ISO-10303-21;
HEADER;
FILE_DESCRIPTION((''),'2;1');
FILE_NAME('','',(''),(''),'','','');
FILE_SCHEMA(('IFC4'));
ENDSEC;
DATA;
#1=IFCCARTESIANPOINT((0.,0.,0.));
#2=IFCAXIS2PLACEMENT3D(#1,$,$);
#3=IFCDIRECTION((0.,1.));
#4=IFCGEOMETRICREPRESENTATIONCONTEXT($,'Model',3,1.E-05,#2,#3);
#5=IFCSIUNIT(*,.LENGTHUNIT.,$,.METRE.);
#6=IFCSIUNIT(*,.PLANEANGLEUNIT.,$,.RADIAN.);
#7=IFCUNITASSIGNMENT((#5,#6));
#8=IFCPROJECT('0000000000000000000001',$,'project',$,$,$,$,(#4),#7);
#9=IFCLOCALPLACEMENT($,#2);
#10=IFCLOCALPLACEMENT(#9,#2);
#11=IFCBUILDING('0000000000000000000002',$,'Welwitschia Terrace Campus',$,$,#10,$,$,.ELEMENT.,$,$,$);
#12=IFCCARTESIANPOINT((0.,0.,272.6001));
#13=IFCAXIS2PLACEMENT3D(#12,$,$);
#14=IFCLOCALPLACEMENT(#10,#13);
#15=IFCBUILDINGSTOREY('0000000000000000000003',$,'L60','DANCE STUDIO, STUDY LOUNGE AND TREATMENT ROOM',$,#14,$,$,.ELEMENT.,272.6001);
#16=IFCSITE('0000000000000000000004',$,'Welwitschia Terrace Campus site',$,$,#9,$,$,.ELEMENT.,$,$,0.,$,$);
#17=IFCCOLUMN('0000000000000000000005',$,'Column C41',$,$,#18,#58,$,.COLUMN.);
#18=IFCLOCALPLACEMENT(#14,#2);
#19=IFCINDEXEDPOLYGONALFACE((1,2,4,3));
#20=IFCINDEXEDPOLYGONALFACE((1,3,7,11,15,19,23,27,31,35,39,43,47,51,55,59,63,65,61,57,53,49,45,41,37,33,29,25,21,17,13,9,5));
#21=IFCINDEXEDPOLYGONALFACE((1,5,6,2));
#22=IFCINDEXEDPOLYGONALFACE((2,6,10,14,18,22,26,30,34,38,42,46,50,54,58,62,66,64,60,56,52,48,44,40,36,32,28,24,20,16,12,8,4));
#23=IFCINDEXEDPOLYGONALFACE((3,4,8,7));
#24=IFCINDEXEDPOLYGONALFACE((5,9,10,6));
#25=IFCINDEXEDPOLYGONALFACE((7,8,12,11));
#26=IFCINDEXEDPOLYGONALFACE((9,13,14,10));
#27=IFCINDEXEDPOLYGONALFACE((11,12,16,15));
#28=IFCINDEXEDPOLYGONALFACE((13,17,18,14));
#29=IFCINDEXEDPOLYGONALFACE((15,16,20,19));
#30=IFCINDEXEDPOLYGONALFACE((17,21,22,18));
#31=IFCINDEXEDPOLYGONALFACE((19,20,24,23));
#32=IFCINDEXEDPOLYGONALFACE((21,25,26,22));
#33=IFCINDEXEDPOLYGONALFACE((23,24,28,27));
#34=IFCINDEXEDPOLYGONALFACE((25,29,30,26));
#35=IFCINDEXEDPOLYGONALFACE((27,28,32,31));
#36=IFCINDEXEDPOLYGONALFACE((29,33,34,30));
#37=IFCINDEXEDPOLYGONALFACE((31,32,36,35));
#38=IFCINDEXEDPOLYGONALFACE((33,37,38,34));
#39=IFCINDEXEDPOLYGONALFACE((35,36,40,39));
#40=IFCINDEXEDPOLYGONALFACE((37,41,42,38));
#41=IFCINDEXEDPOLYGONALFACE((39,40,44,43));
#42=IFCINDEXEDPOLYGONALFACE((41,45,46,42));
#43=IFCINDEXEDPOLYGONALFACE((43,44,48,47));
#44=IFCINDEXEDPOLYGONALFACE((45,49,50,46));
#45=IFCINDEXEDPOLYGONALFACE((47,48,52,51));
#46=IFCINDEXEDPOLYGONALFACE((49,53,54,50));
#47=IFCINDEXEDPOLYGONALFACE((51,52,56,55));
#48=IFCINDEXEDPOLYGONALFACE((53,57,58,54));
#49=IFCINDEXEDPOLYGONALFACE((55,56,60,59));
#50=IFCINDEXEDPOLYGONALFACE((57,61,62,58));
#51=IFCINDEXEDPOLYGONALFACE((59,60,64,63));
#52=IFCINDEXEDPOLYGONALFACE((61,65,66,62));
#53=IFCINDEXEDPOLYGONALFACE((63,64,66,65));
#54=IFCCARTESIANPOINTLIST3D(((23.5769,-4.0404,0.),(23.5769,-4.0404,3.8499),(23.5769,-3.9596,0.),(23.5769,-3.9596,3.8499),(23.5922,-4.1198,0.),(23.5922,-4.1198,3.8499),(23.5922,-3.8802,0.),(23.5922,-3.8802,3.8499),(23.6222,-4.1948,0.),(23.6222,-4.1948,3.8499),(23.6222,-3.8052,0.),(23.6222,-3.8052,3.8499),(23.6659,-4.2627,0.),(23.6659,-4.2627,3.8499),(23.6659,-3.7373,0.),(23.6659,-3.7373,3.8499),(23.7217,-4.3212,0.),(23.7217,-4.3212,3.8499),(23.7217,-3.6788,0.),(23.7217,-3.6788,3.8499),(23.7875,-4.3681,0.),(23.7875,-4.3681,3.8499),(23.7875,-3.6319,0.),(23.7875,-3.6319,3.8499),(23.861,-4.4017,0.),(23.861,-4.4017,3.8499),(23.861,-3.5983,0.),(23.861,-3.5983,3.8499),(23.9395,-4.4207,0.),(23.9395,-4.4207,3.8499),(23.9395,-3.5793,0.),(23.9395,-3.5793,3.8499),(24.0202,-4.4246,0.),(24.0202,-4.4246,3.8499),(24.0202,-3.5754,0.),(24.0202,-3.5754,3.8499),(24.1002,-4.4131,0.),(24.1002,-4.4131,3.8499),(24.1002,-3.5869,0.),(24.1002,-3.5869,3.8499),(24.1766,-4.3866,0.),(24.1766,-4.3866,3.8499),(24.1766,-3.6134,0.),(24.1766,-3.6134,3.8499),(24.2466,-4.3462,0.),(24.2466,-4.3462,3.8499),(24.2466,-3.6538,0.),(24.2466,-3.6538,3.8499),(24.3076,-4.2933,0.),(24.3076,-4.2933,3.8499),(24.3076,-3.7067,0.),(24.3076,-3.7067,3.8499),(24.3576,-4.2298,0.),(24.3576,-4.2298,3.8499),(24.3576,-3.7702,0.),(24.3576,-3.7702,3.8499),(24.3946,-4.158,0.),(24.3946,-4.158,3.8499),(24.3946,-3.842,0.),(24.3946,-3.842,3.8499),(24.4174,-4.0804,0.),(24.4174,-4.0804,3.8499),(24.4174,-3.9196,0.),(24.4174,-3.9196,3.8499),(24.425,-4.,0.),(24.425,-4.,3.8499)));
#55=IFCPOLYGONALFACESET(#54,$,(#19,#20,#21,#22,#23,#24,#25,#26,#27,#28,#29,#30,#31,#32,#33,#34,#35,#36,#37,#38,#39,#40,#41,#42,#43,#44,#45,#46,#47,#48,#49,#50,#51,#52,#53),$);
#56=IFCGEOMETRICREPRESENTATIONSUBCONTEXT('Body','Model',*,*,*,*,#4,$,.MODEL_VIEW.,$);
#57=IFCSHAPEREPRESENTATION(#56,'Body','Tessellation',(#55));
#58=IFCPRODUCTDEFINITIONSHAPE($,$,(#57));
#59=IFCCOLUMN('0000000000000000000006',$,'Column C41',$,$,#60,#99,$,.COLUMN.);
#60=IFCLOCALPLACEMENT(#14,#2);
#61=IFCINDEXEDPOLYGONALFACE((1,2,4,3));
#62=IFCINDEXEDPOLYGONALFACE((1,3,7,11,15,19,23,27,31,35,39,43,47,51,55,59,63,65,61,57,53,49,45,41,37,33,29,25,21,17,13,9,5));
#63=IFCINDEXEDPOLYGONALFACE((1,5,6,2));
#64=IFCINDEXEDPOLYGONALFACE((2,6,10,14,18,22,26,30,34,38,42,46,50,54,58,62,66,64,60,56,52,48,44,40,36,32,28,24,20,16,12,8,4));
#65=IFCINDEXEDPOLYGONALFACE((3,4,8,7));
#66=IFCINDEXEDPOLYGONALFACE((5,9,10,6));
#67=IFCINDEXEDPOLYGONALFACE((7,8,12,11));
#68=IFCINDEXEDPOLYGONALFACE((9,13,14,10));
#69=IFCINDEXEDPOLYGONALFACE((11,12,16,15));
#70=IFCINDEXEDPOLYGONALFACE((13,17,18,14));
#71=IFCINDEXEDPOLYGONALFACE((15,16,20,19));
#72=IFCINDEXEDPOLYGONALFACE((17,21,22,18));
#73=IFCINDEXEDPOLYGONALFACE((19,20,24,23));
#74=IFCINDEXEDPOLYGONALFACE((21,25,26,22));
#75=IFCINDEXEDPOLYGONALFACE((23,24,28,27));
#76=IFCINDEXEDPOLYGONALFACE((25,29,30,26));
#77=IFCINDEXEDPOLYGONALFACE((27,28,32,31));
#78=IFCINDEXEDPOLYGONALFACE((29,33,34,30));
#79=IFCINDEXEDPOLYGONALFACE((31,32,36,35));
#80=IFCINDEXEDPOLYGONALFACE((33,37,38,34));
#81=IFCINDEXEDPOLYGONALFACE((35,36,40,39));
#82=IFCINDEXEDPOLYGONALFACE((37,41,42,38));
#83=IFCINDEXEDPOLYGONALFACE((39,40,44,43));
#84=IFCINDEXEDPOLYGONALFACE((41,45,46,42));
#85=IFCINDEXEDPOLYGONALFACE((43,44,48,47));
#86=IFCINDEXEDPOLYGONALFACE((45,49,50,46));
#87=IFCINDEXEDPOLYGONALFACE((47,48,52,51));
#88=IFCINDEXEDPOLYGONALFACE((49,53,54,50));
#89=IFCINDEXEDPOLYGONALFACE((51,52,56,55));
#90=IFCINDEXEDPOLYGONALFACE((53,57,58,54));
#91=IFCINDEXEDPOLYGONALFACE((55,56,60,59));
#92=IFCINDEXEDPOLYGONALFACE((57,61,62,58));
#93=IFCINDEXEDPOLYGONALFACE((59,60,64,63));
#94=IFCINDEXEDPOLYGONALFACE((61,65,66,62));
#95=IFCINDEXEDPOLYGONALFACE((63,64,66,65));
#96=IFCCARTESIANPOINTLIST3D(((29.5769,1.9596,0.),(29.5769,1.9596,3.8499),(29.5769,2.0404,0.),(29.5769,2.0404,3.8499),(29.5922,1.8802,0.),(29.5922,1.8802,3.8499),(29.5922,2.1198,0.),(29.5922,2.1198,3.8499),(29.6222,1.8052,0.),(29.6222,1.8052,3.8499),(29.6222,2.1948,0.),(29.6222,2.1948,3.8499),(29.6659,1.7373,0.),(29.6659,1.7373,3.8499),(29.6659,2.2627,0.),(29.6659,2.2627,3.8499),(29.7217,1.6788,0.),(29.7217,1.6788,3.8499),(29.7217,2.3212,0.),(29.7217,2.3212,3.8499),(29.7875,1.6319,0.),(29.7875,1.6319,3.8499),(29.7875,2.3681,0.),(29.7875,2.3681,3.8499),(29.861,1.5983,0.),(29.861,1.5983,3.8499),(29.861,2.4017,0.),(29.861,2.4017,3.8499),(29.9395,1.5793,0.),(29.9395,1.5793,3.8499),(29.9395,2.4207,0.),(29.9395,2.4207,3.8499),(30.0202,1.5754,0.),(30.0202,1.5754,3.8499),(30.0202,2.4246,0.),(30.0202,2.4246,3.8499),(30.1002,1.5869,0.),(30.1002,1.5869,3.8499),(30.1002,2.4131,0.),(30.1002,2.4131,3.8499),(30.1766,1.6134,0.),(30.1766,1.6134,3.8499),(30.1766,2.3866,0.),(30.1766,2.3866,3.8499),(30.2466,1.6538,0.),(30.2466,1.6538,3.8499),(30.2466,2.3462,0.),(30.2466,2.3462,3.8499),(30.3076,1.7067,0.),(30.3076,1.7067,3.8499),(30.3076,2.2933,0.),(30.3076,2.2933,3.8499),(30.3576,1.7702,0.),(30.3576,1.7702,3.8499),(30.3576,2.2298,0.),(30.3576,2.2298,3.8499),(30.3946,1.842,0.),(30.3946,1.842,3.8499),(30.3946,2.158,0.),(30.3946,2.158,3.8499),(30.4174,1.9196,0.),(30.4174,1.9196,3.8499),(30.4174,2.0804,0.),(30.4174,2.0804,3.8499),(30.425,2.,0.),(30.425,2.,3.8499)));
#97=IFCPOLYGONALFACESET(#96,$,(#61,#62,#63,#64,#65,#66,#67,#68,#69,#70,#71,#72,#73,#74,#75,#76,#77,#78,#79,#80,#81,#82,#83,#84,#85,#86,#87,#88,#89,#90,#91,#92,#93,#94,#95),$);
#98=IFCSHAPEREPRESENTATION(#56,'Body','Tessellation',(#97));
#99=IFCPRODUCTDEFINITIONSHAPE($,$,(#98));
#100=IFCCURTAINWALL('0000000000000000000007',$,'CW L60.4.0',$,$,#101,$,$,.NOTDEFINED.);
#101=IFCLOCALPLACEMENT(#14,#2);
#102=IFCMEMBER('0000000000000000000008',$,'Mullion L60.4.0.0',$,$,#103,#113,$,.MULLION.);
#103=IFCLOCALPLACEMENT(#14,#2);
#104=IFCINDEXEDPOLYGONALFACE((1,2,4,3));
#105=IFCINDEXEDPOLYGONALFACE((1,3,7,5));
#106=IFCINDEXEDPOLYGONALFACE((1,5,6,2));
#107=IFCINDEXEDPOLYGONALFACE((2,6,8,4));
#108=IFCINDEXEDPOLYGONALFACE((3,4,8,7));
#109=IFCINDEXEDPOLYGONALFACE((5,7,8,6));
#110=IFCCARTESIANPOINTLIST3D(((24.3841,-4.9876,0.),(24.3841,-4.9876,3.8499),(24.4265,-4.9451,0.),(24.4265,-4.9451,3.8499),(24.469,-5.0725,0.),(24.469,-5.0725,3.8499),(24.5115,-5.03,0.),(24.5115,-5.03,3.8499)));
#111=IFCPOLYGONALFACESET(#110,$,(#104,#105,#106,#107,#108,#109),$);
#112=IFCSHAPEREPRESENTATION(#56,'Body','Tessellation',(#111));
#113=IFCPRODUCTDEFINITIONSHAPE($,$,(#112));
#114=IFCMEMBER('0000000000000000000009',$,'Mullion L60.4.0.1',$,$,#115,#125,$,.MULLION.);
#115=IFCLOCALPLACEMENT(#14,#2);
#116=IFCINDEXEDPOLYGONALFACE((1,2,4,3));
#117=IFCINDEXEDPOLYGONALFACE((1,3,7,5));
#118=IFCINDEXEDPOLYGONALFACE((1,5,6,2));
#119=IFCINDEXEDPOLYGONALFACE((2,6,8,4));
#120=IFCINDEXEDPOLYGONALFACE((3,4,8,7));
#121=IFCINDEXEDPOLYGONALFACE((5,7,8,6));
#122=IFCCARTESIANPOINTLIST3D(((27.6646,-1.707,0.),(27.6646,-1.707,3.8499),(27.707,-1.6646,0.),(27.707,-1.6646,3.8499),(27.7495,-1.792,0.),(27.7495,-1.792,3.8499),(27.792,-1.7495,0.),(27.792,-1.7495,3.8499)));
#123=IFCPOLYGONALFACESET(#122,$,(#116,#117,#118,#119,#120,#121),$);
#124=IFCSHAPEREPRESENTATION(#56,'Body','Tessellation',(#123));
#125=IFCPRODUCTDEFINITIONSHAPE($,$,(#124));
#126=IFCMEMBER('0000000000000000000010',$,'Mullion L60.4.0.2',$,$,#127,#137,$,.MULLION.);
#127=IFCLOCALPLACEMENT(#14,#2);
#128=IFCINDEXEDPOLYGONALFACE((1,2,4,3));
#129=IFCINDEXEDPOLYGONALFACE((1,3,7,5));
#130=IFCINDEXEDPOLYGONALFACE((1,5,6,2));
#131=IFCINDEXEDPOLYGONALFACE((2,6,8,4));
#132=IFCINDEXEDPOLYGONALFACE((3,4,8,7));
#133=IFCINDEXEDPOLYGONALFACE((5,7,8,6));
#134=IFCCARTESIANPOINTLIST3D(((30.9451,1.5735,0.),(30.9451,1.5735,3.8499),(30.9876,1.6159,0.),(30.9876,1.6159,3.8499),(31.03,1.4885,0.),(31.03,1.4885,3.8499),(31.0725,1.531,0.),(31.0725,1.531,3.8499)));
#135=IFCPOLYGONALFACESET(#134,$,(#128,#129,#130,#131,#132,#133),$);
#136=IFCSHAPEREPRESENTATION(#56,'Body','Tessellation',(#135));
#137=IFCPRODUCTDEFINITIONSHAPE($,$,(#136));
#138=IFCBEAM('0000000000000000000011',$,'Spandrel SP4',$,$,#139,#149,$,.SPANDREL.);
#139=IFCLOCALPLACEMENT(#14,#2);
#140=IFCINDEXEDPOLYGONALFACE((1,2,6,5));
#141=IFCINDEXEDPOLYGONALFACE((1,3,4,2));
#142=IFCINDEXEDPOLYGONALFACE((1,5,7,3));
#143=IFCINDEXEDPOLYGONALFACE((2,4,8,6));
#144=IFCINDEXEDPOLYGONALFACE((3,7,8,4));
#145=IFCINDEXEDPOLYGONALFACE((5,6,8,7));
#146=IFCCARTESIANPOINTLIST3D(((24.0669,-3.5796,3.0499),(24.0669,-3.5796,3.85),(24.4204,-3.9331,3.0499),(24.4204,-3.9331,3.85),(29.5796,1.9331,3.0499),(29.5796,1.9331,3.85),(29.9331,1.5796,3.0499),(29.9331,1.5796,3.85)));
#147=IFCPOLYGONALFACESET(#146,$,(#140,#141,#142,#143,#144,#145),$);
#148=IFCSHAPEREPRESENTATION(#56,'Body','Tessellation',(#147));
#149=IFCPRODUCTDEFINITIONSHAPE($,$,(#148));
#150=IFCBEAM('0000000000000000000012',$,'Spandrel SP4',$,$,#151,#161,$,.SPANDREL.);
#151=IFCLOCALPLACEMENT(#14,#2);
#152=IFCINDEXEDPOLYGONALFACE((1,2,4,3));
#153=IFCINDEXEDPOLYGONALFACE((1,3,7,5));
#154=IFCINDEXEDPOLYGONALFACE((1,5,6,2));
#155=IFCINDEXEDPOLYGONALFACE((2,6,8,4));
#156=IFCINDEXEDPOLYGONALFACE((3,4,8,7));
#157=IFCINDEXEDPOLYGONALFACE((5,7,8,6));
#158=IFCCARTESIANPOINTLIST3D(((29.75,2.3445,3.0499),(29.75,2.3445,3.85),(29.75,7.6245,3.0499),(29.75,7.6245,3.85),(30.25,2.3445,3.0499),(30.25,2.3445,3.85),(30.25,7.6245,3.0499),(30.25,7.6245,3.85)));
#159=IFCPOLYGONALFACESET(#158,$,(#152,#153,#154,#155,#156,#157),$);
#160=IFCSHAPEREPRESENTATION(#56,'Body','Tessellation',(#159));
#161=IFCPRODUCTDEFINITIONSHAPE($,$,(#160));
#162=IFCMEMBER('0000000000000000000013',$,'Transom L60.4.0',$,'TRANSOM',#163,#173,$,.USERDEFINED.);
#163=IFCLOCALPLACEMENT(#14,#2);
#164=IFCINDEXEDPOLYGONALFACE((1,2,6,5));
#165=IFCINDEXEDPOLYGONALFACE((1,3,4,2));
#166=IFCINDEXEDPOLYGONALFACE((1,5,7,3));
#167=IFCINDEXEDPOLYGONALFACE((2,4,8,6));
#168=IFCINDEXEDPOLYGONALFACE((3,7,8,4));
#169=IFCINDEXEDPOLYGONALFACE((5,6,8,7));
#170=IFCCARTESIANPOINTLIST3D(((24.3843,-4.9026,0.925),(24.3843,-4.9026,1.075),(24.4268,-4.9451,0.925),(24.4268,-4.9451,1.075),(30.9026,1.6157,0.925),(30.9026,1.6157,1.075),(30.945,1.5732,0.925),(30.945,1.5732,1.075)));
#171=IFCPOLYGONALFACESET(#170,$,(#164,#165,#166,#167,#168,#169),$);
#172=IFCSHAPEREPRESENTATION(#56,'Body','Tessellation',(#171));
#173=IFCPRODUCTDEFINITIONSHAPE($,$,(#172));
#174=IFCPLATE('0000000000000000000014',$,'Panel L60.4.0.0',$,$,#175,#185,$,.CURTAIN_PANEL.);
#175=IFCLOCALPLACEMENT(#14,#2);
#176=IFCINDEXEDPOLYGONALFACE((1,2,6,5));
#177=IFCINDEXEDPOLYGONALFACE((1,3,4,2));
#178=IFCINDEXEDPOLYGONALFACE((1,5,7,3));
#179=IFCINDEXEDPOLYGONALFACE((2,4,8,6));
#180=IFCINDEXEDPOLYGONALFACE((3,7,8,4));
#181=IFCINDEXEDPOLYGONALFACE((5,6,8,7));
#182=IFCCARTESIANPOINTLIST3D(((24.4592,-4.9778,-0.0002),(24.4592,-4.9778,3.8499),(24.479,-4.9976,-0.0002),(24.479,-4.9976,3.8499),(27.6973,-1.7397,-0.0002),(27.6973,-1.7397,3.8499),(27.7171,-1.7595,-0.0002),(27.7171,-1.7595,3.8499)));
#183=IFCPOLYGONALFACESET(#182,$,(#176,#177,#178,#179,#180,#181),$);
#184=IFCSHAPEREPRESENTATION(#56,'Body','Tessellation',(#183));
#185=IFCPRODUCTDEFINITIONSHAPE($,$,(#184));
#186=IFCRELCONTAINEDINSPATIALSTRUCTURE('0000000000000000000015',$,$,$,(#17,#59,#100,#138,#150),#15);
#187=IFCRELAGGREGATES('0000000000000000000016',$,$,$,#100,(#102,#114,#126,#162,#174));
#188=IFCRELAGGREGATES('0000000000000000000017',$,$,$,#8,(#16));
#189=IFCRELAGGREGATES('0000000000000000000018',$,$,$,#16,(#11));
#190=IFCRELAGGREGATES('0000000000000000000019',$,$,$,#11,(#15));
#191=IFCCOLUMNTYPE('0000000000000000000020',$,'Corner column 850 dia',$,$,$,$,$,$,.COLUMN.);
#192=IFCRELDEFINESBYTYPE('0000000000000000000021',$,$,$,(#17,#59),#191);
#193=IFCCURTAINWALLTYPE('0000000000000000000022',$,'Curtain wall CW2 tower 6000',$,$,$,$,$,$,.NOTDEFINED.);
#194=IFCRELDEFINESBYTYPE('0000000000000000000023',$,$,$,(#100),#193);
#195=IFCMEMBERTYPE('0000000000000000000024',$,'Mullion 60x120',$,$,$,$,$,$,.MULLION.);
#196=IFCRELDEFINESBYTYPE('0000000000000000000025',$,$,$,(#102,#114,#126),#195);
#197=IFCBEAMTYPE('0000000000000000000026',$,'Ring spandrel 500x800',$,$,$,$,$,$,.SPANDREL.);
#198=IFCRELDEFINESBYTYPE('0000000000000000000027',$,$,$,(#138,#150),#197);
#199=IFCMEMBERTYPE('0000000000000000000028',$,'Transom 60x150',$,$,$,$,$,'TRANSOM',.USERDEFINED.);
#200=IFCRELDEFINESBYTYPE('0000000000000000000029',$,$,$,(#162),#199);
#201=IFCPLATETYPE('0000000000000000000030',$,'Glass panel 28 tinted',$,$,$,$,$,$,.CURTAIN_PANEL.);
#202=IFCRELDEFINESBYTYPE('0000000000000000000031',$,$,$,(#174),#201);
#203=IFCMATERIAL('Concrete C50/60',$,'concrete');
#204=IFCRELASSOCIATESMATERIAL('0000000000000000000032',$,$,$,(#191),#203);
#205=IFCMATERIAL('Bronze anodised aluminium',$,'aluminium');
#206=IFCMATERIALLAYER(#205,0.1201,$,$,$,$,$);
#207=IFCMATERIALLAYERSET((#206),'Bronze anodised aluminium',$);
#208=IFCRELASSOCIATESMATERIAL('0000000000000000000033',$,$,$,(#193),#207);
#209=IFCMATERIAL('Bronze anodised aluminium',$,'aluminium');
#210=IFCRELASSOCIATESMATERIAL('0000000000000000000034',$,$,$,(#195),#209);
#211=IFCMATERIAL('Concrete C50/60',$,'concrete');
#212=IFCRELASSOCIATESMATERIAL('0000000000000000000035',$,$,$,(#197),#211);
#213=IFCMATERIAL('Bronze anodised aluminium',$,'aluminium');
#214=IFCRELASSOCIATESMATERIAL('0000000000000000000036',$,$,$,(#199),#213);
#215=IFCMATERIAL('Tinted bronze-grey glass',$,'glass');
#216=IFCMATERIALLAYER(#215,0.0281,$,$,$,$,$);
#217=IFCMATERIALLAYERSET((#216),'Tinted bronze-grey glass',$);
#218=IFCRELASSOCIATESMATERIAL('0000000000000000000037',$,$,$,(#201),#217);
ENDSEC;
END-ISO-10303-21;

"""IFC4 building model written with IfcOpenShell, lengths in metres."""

from ifc_helpers import new_model, si_unit, direction, frame, origin, origin_2d, place, context, subcontext, project, spatial, rectangle, circle, extrude, material, layer, layer_set, material_profile, profile_set, type_object, element, aggregate, save


model = new_model("IFC4")

# Units and contexts
model_context = context("Model", 3, precision=1e-05, world=origin(), true_north=direction((0.0, 1.0)))
body_context = subcontext(model_context, "Body", "Model", "MODEL_VIEW")
ifc_project = project(units=[si_unit("LENGTHUNIT", "METRE"), si_unit("PLANEANGLEUNIT", "RADIAN")], contexts=[model_context])

# Site, building, storey
site_placement = place(None, origin())
site = spatial("IfcSite", under=ifc_project, at=site_placement, Name="Welwitschia Terrace Campus site", CompositionType="ELEMENT", RefElevation=0.0)
building_placement = place(site_placement, origin())
building = spatial("IfcBuilding", under=site, at=building_placement, Name="Welwitschia Terrace Campus", CompositionType="ELEMENT")
storey_placement = place(building_placement, frame((0.0, 0.0, 272.6001)))
storey = spatial("IfcBuildingStorey", under=building, at=storey_placement, Name="L60", Description="DANCE STUDIO, STUDY LOUNGE AND TREATMENT ROOM", CompositionType="ELEMENT", Elevation=272.6001)

# Columns
ifc_material_1 = material(Name="Concrete C50/60", Category="concrete")
ifc_material_profile_1 = material_profile(ifc_material_1, circle(Radius=0.425, at=origin_2d()))
ifc_profile_set_1 = profile_set([ifc_material_profile_1], Name="Concrete C50/60")
column_type = type_object("IfcColumnType", Name="Corner column 850 dia", PredefinedType="COLUMN", material=ifc_profile_set_1)
for number, where, z_axis, x_axis, name in (
    (1, (24.0, -4.0, 0.0), (0.0, 0.0, 1.0), (1.0, 0.0, 0.0), "Column C41"),
    (2, (30.0, 2.0, 0.0), (0.0, 0.0, 1.0), (1.0, 0.0, 0.0), "Column C41"),
):
    element("IfcColumn", number, at=place(storey_placement, frame(where, z_axis=z_axis, x_axis=x_axis)), inside=storey, type_object=column_type, Name=name, PredefinedType="COLUMN", context=body_context, shape_type="SweptSolid", body=[
        extrude(circle(Radius=0.425, at=origin_2d()), origin(), (0.0, 0.0, 1.0), 3.8499),
    ])

# Curtain wall, members
ifc_material_2 = material(Name="Bronze anodised aluminium", Category="aluminium")
ifc_layer_1 = layer(ifc_material_2, 0.1201)
ifc_layer_set_1 = layer_set([ifc_layer_1], Name="Bronze anodised aluminium")
curtain_wall_type = type_object("IfcCurtainWallType", Name="Curtain wall CW2 tower 6000", PredefinedType="NOTDEFINED", material=ifc_layer_set_1)
curtain_wall_placement = place(storey_placement, origin())
curtain_wall = element("IfcCurtainWall", 3, at=curtain_wall_placement, inside=storey, type_object=curtain_wall_type, Name="CW L60.4.0", PredefinedType="NOTDEFINED")
ifc_material_3 = material(Name="Bronze anodised aluminium", Category="aluminium")
ifc_material_profile_2 = material_profile(ifc_material_3, rectangle(XDim=0.1201, YDim=0.0601, at=origin_2d()))
ifc_profile_set_2 = profile_set([ifc_material_profile_2], Name="Bronze anodised aluminium")
member_type_1 = type_object("IfcMemberType", Name="Mullion 60x120", PredefinedType="MULLION", material=ifc_profile_set_2)
member_1_placement = place(storey_placement, frame((24.4478, -5.0088, 0.0), z_axis=(0.0, 0.0, 1.0), x_axis=(-0.707107, 0.707107, 0.0)))
member_1 = element("IfcMember", 4, at=member_1_placement, type_object=member_type_1, Name="Mullion L60.4.0.0", PredefinedType="MULLION", context=body_context, shape_type="SweptSolid", body=[
    extrude(rectangle(XDim=0.1201, YDim=0.0601, at=origin_2d()), origin(), (0.0, 0.0, 1.0), 3.8499),
])
member_2_placement = place(storey_placement, frame((27.7283, -1.7283, 0.0), z_axis=(0.0, 0.0, 1.0), x_axis=(-0.707107, 0.707107, 0.0)))
member_2 = element("IfcMember", 5, at=member_2_placement, type_object=member_type_1, Name="Mullion L60.4.0.1", PredefinedType="MULLION", context=body_context, shape_type="SweptSolid", body=[
    extrude(rectangle(XDim=0.1201, YDim=0.0601, at=origin_2d()), origin(), (0.0, 0.0, 1.0), 3.8499),
])
member_3_placement = place(storey_placement, frame((31.0088, 1.5522, 0.0), z_axis=(0.0, 0.0, 1.0), x_axis=(-0.707107, 0.707107, 0.0)))
member_3 = element("IfcMember", 6, at=member_3_placement, type_object=member_type_1, Name="Mullion L60.4.0.2", PredefinedType="MULLION", context=body_context, shape_type="SweptSolid", body=[
    extrude(rectangle(XDim=0.1201, YDim=0.0601, at=origin_2d()), origin(), (0.0, 0.0, 1.0), 3.8499),
])

# Beams
ifc_material_4 = material(Name="Concrete C50/60", Category="concrete")
ifc_material_profile_3 = material_profile(ifc_material_4, rectangle(XDim=0.5, YDim=0.8, at=origin_2d()))
ifc_profile_set_3 = profile_set([ifc_material_profile_3], Name="Concrete C50/60")
beam_type = type_object("IfcBeamType", Name="Ring spandrel 500x800", PredefinedType="SPANDREL", material=ifc_profile_set_3)
beam_1_placement = place(storey_placement, frame((24.2437, -3.7563, 3.45), z_axis=(0.707107, 0.707107, 0.0), x_axis=(-0.707107, 0.707107, 0.0)))
element("IfcBeam", 7, at=beam_1_placement, inside=storey, type_object=beam_type, Name="Spandrel SP4", PredefinedType="SPANDREL", context=body_context, shape_type="SweptSolid", body=[
    extrude(rectangle(XDim=0.5, YDim=0.8, at=origin_2d()), origin(), (0.0, 0.0, 1.0), 7.7961),
])
beam_2_placement = place(storey_placement, frame((30.0, 2.3445, 3.45), z_axis=(0.0, 1.0, 0.0), x_axis=(-1.0, 0.0, 0.0)))
element("IfcBeam", 8, at=beam_2_placement, inside=storey, type_object=beam_type, Name="Spandrel SP4", PredefinedType="SPANDREL", context=body_context, shape_type="SweptSolid", body=[
    extrude(rectangle(XDim=0.5, YDim=0.8, at=origin_2d()), origin(), (0.0, 0.0, 1.0), 5.28),
])

# Member
ifc_material_5 = material(Name="Bronze anodised aluminium", Category="aluminium")
ifc_material_profile_4 = material_profile(ifc_material_5, rectangle(XDim=0.0601, YDim=0.1499, at=origin_2d()))
ifc_profile_set_4 = profile_set([ifc_material_profile_4], Name="Bronze anodised aluminium")
member_type_2 = type_object("IfcMemberType", Name="Transom 60x150", ElementType="TRANSOM", PredefinedType="USERDEFINED", material=ifc_profile_set_4)
member_4_placement = place(storey_placement, frame((24.4055, -4.9238, 1.0), z_axis=(0.707107, 0.707107, 0.0), x_axis=(-0.707107, 0.707107, 0.0)))
member_4 = element("IfcMember", 9, at=member_4_placement, type_object=member_type_2, Name="Transom L60.4.0", ObjectType="TRANSOM", PredefinedType="USERDEFINED", context=body_context, shape_type="SweptSolid", body=[
    extrude(rectangle(XDim=0.0601, YDim=0.1499, at=origin_2d()), origin(), (0.0, 0.0, 1.0), 9.2183),
])

# Plate
ifc_material_6 = material(Name="Tinted bronze-grey glass", Category="glass")
ifc_layer_2 = layer(ifc_material_6, 0.0281)
ifc_layer_set_2 = layer_set([ifc_layer_2], Name="Tinted bronze-grey glass")
plate_type = type_object("IfcPlateType", Name="Glass panel 28 tinted", PredefinedType="CURTAIN_PANEL", material=ifc_layer_set_2)
plate_1_placement = place(storey_placement, frame((26.0881, -3.3687, -0.0002), z_axis=(0.0, 0.0, 1.0), x_axis=(0.707107, 0.707107, 0.0)))
plate_1 = element("IfcPlate", 10, at=plate_1_placement, type_object=plate_type, Name="Panel L60.4.0.0", PredefinedType="CURTAIN_PANEL", context=body_context, shape_type="SweptSolid", body=[
    extrude(rectangle(XDim=4.5793, YDim=0.0281, at=origin_2d()), origin(), (0.0, 0.0, 1.0), 3.8501),
])
aggregate(curtain_wall, [member_1, member_2, member_3, member_4, plate_1])

save(model, "model.ifc")
